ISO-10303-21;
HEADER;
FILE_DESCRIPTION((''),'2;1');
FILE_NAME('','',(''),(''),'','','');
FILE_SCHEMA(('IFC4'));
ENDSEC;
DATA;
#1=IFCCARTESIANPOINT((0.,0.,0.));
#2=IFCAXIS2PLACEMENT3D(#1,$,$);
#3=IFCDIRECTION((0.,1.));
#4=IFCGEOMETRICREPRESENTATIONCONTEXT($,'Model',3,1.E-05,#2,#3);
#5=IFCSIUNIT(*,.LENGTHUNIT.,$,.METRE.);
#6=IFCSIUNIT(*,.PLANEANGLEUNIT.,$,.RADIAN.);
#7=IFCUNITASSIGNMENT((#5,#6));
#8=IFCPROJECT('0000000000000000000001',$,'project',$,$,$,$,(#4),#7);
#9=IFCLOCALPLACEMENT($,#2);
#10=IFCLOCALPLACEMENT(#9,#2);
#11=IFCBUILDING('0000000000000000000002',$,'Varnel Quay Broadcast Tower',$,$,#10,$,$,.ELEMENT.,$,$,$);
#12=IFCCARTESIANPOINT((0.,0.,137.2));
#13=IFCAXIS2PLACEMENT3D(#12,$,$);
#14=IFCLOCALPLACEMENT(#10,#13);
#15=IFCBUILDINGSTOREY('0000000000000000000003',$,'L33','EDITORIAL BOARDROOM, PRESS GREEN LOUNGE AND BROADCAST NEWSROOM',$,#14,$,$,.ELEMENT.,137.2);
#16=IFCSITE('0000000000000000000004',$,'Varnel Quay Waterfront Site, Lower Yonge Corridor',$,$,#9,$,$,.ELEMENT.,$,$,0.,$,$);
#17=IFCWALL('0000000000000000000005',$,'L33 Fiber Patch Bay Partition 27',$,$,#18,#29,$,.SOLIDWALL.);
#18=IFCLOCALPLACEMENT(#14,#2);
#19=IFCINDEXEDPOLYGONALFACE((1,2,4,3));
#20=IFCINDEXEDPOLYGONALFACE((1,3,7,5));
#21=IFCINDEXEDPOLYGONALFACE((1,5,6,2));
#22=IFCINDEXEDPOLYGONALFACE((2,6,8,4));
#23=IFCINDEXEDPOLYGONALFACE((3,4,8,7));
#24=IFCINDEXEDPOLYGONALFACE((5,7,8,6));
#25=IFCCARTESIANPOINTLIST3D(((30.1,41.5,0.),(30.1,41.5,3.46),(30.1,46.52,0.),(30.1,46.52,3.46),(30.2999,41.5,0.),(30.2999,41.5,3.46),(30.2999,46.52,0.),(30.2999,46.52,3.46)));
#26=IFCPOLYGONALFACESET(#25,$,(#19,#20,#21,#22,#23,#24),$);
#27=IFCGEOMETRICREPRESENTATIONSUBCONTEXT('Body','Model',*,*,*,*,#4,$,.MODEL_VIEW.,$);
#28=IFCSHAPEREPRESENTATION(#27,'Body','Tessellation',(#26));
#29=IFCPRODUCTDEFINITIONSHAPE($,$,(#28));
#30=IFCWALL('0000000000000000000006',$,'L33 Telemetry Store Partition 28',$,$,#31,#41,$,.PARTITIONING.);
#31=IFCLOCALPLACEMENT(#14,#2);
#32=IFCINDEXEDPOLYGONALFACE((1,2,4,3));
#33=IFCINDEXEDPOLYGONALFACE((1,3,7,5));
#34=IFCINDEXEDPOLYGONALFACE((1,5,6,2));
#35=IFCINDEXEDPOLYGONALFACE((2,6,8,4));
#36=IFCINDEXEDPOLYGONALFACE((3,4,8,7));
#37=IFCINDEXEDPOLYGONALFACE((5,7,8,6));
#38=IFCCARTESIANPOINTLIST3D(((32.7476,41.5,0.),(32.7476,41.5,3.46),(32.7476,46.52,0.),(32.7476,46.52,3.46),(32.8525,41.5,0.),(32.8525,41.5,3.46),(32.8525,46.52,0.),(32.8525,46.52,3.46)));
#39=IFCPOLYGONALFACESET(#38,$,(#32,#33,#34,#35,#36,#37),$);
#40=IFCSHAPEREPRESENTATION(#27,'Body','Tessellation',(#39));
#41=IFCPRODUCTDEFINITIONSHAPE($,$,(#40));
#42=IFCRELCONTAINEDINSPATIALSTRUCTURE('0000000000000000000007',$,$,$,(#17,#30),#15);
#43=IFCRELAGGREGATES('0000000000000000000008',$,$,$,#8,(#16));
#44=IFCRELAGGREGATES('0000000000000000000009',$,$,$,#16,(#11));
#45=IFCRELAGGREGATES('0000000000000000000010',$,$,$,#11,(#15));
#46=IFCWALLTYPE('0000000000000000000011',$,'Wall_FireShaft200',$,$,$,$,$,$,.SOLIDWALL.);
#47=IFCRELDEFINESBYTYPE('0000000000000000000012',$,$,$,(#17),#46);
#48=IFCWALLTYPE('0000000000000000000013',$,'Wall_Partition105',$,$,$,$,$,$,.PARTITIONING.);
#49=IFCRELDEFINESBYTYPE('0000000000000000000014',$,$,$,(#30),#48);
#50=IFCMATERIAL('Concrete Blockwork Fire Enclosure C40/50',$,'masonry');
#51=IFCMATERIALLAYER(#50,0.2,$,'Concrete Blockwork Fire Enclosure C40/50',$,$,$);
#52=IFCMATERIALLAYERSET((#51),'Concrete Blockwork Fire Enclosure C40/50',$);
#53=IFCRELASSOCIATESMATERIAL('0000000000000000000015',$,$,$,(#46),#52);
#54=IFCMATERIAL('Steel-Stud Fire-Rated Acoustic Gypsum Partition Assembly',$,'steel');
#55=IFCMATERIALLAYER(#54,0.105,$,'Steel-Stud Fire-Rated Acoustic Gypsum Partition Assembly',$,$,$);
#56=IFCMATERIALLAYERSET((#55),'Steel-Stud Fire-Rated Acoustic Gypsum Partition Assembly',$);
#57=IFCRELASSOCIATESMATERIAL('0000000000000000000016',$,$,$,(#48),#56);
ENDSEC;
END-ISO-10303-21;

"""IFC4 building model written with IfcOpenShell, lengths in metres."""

from ifc_helpers import new_model, si_unit, direction, frame, frame_2d, origin, place, context, subcontext, project, spatial, rectangle, extrude, material, layer, layer_set, type_object, element, save


model = new_model("IFC4")

# Units and contexts
model_context = context("Model", 3, precision=1e-05, world=origin(), true_north=direction((0.0, 1.0)))
body_context = subcontext(model_context, "Body", "Model", "MODEL_VIEW")
ifc_project = project(units=[si_unit("LENGTHUNIT", "METRE"), si_unit("PLANEANGLEUNIT", "RADIAN")], contexts=[model_context])

# Site, building, storey
site_placement = place(None, origin())
site = spatial("IfcSite", under=ifc_project, at=site_placement, Name="Varnel Quay Waterfront Site, Lower Yonge Corridor", CompositionType="ELEMENT", RefElevation=0.0)
building_placement = place(site_placement, origin())
building = spatial("IfcBuilding", under=site, at=building_placement, Name="Varnel Quay Broadcast Tower", CompositionType="ELEMENT")
storey_placement = place(building_placement, frame((0.0, 0.0, 137.2)))
storey = spatial("IfcBuildingStorey", under=building, at=storey_placement, Name="L33", Description="EDITORIAL BOARDROOM, PRESS GREEN LOUNGE AND BROADCAST NEWSROOM", CompositionType="ELEMENT", Elevation=137.2)

# Shared definitions
ifc_material_1 = material(Name="Concrete Blockwork Fire Enclosure C40/50", Category="masonry")
ifc_layer_1 = layer(ifc_material_1, 0.2, Name="Concrete Blockwork Fire Enclosure C40/50")
ifc_layer_set_1 = layer_set([ifc_layer_1], Name="Concrete Blockwork Fire Enclosure C40/50")
wall_type_1 = type_object("IfcWallType", Name="Wall_FireShaft200", PredefinedType="SOLIDWALL", material=ifc_layer_set_1)

# Walls
wall_1_placement = place(storey_placement, frame((30.2, 41.5, 0.0), z_axis=(0.0, 0.0, 1.0), x_axis=(0.0, 1.0, 0.0)))
element("IfcWall", 1, at=wall_1_placement, inside=storey, type_object=wall_type_1, Name="L33 Fiber Patch Bay Partition 27", PredefinedType="SOLIDWALL", context=body_context, shape_type="SweptSolid", body=[
    extrude(rectangle(XDim=5.02, YDim=0.2, at=frame_2d((2.51, 0.0))), origin(), (0.0, 0.0, 1.0), 3.46),
])
ifc_material_2 = material(Name="Steel-Stud Fire-Rated Acoustic Gypsum Partition Assembly", Category="steel")
ifc_layer_2 = layer(ifc_material_2, 0.105, Name="Steel-Stud Fire-Rated Acoustic Gypsum Partition Assembly")
ifc_layer_set_2 = layer_set([ifc_layer_2], Name="Steel-Stud Fire-Rated Acoustic Gypsum Partition Assembly")
wall_type_2 = type_object("IfcWallType", Name="Wall_Partition105", PredefinedType="PARTITIONING", material=ifc_layer_set_2)
wall_2_placement = place(storey_placement, frame((32.8, 41.5, 0.0), z_axis=(0.0, 0.0, 1.0), x_axis=(0.0, 1.0, 0.0)))
element("IfcWall", 2, at=wall_2_placement, inside=storey, type_object=wall_type_2, Name="L33 Telemetry Store Partition 28", PredefinedType="PARTITIONING", context=body_context, shape_type="SweptSolid", body=[
    extrude(rectangle(XDim=5.02, YDim=0.105, at=frame_2d((2.51, 0.0))), origin(), (0.0, 0.0, 1.0), 3.46),
])

save(model, "model.ifc")
